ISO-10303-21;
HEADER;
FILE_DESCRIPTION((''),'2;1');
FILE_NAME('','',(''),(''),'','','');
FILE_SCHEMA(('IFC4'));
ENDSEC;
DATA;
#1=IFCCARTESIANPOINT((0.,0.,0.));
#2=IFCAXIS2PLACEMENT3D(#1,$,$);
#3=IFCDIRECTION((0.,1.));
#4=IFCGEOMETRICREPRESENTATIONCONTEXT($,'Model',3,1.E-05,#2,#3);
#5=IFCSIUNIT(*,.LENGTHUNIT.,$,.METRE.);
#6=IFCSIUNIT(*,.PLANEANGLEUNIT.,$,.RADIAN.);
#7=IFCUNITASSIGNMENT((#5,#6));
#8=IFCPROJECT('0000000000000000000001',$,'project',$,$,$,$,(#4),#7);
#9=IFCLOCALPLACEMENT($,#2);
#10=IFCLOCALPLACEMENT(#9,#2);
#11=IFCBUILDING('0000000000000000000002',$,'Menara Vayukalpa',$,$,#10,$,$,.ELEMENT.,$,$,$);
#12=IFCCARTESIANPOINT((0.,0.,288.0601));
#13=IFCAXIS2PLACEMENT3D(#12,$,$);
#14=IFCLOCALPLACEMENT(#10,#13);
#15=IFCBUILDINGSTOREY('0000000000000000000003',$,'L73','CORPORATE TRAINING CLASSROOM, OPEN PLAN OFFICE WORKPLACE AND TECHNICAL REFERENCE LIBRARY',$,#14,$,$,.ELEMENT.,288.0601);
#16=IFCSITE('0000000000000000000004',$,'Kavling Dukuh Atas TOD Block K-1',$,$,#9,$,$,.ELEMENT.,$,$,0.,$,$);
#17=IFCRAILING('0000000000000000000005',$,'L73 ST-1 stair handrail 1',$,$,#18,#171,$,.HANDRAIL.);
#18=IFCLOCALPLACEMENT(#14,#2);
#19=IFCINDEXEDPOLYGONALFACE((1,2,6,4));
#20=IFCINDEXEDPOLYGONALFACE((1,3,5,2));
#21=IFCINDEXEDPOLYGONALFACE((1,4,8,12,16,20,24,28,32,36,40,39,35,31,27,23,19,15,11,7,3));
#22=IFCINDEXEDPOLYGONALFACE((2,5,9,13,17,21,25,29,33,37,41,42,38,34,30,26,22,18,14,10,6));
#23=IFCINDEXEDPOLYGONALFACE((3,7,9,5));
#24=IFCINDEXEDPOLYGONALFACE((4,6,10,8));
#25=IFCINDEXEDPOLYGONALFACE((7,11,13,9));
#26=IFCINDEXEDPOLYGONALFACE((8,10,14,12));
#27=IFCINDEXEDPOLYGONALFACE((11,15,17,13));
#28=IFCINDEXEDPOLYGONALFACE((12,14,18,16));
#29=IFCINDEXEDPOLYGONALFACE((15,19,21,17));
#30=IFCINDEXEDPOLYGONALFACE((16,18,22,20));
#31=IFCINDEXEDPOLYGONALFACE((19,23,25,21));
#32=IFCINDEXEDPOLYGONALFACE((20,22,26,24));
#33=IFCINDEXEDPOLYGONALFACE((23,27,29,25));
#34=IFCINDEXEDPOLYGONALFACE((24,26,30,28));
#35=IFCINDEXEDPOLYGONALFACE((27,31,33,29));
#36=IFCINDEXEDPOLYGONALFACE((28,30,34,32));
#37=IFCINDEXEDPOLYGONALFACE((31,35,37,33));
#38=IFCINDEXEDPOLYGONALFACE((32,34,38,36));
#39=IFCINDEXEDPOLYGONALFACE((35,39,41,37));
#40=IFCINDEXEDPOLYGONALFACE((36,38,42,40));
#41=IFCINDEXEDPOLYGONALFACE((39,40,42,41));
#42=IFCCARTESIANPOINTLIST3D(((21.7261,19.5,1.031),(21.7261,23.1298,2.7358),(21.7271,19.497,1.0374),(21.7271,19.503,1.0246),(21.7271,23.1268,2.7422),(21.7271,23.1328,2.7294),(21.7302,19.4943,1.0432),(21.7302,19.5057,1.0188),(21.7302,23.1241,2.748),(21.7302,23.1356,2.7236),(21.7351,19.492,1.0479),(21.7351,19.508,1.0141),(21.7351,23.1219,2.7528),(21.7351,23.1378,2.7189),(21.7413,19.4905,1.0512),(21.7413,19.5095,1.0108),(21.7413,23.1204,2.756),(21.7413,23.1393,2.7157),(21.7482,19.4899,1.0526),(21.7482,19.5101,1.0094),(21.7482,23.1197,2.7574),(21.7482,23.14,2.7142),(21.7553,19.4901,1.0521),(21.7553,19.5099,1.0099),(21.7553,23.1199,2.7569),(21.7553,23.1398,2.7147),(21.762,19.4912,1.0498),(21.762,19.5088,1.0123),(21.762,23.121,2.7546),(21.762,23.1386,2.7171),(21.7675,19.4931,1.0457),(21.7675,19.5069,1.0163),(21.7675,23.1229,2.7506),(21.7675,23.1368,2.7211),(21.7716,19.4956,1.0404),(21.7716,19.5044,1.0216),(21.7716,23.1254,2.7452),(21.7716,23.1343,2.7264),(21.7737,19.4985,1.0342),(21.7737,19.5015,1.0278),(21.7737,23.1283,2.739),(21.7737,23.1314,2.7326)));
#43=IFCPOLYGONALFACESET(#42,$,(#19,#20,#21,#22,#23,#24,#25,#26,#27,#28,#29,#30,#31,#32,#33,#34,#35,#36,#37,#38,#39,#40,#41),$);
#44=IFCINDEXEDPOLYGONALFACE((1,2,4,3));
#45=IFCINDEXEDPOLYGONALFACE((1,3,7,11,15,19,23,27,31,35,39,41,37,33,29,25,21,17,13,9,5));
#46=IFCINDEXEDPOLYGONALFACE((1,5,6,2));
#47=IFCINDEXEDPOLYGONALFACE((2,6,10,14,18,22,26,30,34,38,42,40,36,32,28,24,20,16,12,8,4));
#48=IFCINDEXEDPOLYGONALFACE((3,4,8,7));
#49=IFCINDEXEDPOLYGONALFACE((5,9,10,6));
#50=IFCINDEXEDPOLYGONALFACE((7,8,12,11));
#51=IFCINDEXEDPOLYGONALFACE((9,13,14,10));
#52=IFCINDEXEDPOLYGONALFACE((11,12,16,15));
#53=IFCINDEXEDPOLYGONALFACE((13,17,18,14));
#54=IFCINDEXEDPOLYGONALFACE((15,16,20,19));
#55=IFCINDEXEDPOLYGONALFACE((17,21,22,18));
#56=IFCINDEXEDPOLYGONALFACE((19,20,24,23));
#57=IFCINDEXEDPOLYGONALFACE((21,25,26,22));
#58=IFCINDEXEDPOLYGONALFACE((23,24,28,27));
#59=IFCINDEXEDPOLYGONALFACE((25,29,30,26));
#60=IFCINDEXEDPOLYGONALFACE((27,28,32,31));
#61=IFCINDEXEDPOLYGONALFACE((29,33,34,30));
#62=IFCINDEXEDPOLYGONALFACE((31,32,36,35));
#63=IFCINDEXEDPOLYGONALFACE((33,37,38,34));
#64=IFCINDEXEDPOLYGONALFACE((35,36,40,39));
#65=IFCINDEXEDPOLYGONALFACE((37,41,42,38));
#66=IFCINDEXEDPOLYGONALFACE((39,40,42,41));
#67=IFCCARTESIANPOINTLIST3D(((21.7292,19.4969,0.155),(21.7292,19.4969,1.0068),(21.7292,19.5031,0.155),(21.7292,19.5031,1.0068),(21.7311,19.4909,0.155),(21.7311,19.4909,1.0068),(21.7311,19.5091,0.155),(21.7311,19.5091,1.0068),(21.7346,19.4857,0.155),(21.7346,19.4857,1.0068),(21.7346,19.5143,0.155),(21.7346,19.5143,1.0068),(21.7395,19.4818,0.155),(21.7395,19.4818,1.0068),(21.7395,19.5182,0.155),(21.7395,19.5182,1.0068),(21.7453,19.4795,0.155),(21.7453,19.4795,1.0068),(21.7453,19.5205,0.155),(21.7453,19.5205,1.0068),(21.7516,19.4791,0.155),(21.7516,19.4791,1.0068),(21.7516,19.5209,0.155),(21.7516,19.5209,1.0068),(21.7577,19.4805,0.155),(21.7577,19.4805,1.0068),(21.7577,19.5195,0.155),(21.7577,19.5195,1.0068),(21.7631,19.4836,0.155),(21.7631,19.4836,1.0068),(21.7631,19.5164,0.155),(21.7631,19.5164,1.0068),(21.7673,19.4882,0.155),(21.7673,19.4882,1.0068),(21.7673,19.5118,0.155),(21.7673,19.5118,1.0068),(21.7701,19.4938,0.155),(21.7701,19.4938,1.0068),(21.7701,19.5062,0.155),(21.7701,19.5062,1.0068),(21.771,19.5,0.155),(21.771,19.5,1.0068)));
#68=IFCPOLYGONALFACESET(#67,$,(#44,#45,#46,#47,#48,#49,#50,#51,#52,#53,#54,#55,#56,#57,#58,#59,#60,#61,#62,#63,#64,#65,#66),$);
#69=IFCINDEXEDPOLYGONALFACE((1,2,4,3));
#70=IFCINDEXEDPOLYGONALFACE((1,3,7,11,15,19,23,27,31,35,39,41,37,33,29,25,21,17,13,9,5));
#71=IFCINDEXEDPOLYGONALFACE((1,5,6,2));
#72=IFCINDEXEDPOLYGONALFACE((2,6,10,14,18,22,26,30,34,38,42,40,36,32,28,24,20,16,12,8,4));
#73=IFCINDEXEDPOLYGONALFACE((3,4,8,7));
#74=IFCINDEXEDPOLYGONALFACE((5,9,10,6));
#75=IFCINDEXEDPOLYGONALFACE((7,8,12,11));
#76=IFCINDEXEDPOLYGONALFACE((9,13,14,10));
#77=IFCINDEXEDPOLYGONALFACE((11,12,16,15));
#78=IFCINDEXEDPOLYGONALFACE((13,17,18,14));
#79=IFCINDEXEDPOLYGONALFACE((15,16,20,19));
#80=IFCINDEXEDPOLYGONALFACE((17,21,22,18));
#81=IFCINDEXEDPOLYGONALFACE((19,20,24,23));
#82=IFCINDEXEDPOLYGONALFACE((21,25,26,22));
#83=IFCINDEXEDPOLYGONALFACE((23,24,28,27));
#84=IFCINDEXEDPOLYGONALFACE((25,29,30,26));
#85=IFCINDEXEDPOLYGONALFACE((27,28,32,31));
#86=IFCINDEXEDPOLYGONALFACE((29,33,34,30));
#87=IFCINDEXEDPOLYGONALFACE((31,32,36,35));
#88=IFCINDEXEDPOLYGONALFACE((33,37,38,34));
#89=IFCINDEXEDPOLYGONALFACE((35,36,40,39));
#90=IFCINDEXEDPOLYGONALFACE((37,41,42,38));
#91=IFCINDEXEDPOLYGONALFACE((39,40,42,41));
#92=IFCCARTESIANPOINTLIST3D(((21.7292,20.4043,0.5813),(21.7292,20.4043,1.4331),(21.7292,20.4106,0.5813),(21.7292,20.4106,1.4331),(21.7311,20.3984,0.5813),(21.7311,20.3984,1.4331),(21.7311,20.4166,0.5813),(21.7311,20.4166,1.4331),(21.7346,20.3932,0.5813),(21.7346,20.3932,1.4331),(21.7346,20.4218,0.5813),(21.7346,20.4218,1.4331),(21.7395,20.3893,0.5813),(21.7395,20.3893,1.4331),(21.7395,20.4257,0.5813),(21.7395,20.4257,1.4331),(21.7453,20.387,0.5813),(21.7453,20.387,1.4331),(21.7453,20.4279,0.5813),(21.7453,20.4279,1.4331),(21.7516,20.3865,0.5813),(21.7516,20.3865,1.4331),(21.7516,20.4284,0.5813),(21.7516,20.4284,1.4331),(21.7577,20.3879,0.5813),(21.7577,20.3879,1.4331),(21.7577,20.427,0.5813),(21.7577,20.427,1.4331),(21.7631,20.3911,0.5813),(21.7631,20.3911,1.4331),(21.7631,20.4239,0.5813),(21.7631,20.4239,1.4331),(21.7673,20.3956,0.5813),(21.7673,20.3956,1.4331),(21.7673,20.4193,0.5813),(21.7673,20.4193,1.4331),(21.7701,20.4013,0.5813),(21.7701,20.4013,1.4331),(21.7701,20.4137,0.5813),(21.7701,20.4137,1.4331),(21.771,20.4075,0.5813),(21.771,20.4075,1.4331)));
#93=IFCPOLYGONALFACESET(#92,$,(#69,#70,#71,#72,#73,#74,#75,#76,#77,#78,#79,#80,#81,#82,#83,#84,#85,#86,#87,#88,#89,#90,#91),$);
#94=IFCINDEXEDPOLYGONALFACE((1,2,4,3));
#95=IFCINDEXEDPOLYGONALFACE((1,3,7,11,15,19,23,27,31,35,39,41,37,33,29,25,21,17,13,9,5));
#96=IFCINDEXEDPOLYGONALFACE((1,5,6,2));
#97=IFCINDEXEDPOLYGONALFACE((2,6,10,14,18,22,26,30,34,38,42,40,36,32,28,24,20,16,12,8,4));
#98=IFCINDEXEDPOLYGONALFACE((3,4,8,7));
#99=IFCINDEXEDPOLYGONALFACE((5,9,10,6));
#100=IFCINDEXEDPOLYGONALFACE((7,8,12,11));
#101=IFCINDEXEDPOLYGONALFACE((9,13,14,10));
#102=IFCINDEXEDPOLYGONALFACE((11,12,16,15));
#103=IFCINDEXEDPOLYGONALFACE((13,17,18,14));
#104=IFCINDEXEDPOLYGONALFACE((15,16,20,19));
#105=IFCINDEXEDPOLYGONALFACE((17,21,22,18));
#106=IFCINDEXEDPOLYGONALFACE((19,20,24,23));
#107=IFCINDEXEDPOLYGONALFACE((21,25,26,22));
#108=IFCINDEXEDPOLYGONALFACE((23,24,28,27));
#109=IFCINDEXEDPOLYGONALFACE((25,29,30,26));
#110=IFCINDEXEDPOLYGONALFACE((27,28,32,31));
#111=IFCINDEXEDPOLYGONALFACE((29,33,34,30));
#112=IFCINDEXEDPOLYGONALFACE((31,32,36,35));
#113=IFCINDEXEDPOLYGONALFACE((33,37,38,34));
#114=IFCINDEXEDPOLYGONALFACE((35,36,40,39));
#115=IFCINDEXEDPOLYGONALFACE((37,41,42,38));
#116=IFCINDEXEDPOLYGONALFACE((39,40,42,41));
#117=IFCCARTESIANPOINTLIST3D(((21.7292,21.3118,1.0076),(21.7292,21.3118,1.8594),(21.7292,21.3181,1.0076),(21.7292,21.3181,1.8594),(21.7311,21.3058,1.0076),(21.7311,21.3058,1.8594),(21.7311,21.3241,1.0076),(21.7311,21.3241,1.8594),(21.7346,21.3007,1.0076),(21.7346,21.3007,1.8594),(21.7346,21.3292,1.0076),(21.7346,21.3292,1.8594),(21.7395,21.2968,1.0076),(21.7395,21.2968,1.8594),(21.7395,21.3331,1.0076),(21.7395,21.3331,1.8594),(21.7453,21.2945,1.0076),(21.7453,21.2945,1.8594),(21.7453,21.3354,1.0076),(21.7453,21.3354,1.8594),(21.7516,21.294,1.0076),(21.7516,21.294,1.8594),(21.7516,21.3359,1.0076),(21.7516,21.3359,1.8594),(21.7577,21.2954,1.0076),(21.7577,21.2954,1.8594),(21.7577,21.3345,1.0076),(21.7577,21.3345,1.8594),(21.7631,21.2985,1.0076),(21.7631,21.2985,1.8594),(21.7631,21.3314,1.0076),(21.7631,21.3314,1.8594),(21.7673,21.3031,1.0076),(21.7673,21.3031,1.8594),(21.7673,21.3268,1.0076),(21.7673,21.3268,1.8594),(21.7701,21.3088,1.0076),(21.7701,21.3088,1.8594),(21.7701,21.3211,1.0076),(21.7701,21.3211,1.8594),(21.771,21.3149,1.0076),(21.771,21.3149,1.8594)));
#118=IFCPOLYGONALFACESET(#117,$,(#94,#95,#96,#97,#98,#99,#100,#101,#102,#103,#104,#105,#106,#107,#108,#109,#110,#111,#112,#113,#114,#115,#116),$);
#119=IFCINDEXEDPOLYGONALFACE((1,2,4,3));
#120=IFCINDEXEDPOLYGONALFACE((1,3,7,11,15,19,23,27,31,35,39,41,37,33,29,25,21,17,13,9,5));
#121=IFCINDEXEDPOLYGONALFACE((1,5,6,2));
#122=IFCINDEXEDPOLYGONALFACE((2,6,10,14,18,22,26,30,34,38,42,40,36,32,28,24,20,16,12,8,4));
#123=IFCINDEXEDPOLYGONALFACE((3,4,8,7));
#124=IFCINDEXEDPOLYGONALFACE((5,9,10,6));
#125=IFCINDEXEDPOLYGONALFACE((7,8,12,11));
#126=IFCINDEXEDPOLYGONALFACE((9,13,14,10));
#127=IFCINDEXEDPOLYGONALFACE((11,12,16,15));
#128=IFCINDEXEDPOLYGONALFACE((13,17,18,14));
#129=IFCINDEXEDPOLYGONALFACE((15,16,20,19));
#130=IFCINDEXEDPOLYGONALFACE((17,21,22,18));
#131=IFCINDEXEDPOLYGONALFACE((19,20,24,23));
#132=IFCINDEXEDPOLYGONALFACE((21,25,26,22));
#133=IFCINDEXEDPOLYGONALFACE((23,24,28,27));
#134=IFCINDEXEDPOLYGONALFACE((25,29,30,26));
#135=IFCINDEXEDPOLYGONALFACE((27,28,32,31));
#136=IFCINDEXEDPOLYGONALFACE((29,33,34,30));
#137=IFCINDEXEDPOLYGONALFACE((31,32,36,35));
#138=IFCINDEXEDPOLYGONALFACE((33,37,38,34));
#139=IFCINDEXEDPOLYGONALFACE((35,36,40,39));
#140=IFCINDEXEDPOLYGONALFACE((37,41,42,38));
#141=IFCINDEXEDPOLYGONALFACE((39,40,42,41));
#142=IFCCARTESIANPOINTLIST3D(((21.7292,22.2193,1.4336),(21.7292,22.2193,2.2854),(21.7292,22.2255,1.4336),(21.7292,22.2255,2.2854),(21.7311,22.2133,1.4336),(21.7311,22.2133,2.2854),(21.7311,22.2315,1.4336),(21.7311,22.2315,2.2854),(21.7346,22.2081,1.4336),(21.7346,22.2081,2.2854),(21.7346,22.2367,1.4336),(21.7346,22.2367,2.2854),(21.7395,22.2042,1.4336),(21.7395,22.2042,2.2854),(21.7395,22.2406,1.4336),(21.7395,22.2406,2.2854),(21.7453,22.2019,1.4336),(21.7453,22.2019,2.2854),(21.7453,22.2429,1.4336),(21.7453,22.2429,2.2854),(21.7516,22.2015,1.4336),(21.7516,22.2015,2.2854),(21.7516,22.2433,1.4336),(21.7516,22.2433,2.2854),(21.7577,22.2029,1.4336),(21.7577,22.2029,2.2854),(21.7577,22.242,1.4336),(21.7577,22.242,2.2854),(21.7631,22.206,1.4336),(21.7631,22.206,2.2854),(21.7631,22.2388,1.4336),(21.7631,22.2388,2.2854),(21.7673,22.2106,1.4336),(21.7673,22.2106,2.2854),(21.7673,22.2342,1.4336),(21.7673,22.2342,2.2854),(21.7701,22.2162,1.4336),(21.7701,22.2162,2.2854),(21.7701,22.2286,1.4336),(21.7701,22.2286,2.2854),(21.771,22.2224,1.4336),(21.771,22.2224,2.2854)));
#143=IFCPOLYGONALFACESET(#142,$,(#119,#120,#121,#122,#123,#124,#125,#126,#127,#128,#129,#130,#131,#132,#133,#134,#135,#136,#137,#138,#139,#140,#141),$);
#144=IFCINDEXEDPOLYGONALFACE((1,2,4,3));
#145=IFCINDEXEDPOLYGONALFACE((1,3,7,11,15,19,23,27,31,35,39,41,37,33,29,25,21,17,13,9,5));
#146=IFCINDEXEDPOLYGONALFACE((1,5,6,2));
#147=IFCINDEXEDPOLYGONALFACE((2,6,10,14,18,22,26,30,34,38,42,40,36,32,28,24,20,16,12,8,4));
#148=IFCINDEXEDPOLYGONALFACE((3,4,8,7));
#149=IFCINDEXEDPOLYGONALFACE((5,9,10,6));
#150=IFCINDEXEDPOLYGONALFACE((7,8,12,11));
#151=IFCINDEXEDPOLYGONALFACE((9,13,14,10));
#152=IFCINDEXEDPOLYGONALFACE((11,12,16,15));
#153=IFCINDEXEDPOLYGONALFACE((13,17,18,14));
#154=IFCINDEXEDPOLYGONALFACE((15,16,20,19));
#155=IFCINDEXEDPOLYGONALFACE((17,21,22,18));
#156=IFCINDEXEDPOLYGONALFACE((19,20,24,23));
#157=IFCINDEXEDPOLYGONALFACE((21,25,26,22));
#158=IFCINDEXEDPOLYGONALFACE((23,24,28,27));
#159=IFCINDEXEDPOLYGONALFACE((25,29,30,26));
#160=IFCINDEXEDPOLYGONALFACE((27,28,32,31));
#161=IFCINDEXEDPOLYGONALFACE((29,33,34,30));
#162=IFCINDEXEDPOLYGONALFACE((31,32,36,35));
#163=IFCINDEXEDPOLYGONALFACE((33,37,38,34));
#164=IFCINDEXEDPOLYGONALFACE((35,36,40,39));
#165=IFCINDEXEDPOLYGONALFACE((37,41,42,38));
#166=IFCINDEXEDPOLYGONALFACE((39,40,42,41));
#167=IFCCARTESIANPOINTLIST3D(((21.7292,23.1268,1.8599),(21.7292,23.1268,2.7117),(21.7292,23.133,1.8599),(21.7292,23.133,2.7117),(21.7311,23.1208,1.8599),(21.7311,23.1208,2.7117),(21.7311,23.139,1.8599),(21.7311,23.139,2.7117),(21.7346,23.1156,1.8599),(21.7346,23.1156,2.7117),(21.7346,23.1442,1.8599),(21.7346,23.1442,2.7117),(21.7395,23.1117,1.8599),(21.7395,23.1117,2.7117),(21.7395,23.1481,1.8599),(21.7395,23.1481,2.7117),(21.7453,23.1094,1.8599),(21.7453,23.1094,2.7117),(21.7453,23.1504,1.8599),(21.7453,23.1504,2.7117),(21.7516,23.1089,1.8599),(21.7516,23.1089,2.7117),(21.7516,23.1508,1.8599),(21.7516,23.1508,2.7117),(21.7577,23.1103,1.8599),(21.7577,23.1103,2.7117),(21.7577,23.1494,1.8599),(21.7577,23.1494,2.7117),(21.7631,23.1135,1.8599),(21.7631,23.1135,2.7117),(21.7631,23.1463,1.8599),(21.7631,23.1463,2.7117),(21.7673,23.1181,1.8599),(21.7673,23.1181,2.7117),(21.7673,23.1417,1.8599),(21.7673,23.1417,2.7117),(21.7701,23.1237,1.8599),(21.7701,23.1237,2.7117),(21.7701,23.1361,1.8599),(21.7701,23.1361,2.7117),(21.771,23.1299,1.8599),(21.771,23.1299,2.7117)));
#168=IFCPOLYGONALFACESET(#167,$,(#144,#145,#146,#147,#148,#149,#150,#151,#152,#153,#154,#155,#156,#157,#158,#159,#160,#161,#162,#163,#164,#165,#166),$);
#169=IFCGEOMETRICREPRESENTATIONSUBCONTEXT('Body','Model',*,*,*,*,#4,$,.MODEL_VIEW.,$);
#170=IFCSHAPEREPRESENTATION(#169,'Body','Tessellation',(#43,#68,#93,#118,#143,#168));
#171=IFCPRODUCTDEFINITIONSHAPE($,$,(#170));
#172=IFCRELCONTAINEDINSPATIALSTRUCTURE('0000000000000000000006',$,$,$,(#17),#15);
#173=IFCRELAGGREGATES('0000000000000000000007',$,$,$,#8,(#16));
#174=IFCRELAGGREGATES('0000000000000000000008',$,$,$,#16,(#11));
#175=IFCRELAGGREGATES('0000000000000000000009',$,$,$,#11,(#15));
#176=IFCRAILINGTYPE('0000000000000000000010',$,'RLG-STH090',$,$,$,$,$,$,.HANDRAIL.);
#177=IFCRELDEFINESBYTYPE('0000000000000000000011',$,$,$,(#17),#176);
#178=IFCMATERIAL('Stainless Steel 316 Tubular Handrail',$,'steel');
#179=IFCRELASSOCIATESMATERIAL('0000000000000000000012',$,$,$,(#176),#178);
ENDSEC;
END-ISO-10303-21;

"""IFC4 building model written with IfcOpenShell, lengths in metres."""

from ifc_helpers import new_model, si_unit, direction, frame, origin, origin_2d, place, context, subcontext, project, spatial, circle, extrude, material, type_object, element, save


model = new_model("IFC4")

# Units and contexts
model_context = context("Model", 3, precision=1e-05, world=origin(), true_north=direction((0.0, 1.0)))
body_context = subcontext(model_context, "Body", "Model", "MODEL_VIEW")
ifc_project = project(units=[si_unit("LENGTHUNIT", "METRE"), si_unit("PLANEANGLEUNIT", "RADIAN")], contexts=[model_context])

# Site, building, storey
site_placement = place(None, origin())
site = spatial("IfcSite", under=ifc_project, at=site_placement, Name="Kavling Dukuh Atas TOD Block K-1", CompositionType="ELEMENT", RefElevation=0.0)
building_placement = place(site_placement, origin())
building = spatial("IfcBuilding", under=site, at=building_placement, Name="Menara Vayukalpa", CompositionType="ELEMENT")
storey_placement = place(building_placement, frame((0.0, 0.0, 288.0601)))
storey = spatial("IfcBuildingStorey", under=building, at=storey_placement, Name="L73", Description="CORPORATE TRAINING CLASSROOM, OPEN PLAN OFFICE WORKPLACE AND TECHNICAL REFERENCE LIBRARY", CompositionType="ELEMENT", Elevation=288.0601)

# Railing
ifc_material_1 = material(Name="Stainless Steel 316 Tubular Handrail", Category="steel")
railing_type_1 = type_object("IfcRailingType", Name="RLG-STH090", PredefinedType="HANDRAIL", material=ifc_material_1)
railing_1_placement = place(storey_placement, frame((21.75, 19.5, 0.155)))
element("IfcRailing", 1, at=railing_1_placement, inside=storey, type_object=railing_type_1, Name="L73 ST-1 stair handrail 1", PredefinedType="HANDRAIL", context=body_context, shape_type="SweptSolid", body=[
    extrude(circle(Radius=0.0239, at=origin_2d()), frame((0.0, 0.0, 0.876), z_axis=(0.0, 0.90514, 0.425114), x_axis=(-1.0, 0.0, 0.0)), (0.0, 0.0, 1.0), 4.0103),
    extrude(circle(Radius=0.021, at=origin_2d()), origin(), (0.0, 0.0, 1.0), 0.8518),
    extrude(circle(Radius=0.021, at=origin_2d()), frame((0.0, 0.9075, 0.4263)), (0.0, 0.0, 1.0), 0.8518),
    extrude(circle(Radius=0.021, at=origin_2d()), frame((0.0, 1.8149, 0.8525)), (0.0, 0.0, 1.0), 0.8518),
    extrude(circle(Radius=0.021, at=origin_2d()), frame((0.0, 2.7224, 1.2786)), (0.0, 0.0, 1.0), 0.8518),
    extrude(circle(Radius=0.021, at=origin_2d()), frame((0.0, 3.6299, 1.7048)), (0.0, 0.0, 1.0), 0.8518),
])

save(model, "model.ifc")
